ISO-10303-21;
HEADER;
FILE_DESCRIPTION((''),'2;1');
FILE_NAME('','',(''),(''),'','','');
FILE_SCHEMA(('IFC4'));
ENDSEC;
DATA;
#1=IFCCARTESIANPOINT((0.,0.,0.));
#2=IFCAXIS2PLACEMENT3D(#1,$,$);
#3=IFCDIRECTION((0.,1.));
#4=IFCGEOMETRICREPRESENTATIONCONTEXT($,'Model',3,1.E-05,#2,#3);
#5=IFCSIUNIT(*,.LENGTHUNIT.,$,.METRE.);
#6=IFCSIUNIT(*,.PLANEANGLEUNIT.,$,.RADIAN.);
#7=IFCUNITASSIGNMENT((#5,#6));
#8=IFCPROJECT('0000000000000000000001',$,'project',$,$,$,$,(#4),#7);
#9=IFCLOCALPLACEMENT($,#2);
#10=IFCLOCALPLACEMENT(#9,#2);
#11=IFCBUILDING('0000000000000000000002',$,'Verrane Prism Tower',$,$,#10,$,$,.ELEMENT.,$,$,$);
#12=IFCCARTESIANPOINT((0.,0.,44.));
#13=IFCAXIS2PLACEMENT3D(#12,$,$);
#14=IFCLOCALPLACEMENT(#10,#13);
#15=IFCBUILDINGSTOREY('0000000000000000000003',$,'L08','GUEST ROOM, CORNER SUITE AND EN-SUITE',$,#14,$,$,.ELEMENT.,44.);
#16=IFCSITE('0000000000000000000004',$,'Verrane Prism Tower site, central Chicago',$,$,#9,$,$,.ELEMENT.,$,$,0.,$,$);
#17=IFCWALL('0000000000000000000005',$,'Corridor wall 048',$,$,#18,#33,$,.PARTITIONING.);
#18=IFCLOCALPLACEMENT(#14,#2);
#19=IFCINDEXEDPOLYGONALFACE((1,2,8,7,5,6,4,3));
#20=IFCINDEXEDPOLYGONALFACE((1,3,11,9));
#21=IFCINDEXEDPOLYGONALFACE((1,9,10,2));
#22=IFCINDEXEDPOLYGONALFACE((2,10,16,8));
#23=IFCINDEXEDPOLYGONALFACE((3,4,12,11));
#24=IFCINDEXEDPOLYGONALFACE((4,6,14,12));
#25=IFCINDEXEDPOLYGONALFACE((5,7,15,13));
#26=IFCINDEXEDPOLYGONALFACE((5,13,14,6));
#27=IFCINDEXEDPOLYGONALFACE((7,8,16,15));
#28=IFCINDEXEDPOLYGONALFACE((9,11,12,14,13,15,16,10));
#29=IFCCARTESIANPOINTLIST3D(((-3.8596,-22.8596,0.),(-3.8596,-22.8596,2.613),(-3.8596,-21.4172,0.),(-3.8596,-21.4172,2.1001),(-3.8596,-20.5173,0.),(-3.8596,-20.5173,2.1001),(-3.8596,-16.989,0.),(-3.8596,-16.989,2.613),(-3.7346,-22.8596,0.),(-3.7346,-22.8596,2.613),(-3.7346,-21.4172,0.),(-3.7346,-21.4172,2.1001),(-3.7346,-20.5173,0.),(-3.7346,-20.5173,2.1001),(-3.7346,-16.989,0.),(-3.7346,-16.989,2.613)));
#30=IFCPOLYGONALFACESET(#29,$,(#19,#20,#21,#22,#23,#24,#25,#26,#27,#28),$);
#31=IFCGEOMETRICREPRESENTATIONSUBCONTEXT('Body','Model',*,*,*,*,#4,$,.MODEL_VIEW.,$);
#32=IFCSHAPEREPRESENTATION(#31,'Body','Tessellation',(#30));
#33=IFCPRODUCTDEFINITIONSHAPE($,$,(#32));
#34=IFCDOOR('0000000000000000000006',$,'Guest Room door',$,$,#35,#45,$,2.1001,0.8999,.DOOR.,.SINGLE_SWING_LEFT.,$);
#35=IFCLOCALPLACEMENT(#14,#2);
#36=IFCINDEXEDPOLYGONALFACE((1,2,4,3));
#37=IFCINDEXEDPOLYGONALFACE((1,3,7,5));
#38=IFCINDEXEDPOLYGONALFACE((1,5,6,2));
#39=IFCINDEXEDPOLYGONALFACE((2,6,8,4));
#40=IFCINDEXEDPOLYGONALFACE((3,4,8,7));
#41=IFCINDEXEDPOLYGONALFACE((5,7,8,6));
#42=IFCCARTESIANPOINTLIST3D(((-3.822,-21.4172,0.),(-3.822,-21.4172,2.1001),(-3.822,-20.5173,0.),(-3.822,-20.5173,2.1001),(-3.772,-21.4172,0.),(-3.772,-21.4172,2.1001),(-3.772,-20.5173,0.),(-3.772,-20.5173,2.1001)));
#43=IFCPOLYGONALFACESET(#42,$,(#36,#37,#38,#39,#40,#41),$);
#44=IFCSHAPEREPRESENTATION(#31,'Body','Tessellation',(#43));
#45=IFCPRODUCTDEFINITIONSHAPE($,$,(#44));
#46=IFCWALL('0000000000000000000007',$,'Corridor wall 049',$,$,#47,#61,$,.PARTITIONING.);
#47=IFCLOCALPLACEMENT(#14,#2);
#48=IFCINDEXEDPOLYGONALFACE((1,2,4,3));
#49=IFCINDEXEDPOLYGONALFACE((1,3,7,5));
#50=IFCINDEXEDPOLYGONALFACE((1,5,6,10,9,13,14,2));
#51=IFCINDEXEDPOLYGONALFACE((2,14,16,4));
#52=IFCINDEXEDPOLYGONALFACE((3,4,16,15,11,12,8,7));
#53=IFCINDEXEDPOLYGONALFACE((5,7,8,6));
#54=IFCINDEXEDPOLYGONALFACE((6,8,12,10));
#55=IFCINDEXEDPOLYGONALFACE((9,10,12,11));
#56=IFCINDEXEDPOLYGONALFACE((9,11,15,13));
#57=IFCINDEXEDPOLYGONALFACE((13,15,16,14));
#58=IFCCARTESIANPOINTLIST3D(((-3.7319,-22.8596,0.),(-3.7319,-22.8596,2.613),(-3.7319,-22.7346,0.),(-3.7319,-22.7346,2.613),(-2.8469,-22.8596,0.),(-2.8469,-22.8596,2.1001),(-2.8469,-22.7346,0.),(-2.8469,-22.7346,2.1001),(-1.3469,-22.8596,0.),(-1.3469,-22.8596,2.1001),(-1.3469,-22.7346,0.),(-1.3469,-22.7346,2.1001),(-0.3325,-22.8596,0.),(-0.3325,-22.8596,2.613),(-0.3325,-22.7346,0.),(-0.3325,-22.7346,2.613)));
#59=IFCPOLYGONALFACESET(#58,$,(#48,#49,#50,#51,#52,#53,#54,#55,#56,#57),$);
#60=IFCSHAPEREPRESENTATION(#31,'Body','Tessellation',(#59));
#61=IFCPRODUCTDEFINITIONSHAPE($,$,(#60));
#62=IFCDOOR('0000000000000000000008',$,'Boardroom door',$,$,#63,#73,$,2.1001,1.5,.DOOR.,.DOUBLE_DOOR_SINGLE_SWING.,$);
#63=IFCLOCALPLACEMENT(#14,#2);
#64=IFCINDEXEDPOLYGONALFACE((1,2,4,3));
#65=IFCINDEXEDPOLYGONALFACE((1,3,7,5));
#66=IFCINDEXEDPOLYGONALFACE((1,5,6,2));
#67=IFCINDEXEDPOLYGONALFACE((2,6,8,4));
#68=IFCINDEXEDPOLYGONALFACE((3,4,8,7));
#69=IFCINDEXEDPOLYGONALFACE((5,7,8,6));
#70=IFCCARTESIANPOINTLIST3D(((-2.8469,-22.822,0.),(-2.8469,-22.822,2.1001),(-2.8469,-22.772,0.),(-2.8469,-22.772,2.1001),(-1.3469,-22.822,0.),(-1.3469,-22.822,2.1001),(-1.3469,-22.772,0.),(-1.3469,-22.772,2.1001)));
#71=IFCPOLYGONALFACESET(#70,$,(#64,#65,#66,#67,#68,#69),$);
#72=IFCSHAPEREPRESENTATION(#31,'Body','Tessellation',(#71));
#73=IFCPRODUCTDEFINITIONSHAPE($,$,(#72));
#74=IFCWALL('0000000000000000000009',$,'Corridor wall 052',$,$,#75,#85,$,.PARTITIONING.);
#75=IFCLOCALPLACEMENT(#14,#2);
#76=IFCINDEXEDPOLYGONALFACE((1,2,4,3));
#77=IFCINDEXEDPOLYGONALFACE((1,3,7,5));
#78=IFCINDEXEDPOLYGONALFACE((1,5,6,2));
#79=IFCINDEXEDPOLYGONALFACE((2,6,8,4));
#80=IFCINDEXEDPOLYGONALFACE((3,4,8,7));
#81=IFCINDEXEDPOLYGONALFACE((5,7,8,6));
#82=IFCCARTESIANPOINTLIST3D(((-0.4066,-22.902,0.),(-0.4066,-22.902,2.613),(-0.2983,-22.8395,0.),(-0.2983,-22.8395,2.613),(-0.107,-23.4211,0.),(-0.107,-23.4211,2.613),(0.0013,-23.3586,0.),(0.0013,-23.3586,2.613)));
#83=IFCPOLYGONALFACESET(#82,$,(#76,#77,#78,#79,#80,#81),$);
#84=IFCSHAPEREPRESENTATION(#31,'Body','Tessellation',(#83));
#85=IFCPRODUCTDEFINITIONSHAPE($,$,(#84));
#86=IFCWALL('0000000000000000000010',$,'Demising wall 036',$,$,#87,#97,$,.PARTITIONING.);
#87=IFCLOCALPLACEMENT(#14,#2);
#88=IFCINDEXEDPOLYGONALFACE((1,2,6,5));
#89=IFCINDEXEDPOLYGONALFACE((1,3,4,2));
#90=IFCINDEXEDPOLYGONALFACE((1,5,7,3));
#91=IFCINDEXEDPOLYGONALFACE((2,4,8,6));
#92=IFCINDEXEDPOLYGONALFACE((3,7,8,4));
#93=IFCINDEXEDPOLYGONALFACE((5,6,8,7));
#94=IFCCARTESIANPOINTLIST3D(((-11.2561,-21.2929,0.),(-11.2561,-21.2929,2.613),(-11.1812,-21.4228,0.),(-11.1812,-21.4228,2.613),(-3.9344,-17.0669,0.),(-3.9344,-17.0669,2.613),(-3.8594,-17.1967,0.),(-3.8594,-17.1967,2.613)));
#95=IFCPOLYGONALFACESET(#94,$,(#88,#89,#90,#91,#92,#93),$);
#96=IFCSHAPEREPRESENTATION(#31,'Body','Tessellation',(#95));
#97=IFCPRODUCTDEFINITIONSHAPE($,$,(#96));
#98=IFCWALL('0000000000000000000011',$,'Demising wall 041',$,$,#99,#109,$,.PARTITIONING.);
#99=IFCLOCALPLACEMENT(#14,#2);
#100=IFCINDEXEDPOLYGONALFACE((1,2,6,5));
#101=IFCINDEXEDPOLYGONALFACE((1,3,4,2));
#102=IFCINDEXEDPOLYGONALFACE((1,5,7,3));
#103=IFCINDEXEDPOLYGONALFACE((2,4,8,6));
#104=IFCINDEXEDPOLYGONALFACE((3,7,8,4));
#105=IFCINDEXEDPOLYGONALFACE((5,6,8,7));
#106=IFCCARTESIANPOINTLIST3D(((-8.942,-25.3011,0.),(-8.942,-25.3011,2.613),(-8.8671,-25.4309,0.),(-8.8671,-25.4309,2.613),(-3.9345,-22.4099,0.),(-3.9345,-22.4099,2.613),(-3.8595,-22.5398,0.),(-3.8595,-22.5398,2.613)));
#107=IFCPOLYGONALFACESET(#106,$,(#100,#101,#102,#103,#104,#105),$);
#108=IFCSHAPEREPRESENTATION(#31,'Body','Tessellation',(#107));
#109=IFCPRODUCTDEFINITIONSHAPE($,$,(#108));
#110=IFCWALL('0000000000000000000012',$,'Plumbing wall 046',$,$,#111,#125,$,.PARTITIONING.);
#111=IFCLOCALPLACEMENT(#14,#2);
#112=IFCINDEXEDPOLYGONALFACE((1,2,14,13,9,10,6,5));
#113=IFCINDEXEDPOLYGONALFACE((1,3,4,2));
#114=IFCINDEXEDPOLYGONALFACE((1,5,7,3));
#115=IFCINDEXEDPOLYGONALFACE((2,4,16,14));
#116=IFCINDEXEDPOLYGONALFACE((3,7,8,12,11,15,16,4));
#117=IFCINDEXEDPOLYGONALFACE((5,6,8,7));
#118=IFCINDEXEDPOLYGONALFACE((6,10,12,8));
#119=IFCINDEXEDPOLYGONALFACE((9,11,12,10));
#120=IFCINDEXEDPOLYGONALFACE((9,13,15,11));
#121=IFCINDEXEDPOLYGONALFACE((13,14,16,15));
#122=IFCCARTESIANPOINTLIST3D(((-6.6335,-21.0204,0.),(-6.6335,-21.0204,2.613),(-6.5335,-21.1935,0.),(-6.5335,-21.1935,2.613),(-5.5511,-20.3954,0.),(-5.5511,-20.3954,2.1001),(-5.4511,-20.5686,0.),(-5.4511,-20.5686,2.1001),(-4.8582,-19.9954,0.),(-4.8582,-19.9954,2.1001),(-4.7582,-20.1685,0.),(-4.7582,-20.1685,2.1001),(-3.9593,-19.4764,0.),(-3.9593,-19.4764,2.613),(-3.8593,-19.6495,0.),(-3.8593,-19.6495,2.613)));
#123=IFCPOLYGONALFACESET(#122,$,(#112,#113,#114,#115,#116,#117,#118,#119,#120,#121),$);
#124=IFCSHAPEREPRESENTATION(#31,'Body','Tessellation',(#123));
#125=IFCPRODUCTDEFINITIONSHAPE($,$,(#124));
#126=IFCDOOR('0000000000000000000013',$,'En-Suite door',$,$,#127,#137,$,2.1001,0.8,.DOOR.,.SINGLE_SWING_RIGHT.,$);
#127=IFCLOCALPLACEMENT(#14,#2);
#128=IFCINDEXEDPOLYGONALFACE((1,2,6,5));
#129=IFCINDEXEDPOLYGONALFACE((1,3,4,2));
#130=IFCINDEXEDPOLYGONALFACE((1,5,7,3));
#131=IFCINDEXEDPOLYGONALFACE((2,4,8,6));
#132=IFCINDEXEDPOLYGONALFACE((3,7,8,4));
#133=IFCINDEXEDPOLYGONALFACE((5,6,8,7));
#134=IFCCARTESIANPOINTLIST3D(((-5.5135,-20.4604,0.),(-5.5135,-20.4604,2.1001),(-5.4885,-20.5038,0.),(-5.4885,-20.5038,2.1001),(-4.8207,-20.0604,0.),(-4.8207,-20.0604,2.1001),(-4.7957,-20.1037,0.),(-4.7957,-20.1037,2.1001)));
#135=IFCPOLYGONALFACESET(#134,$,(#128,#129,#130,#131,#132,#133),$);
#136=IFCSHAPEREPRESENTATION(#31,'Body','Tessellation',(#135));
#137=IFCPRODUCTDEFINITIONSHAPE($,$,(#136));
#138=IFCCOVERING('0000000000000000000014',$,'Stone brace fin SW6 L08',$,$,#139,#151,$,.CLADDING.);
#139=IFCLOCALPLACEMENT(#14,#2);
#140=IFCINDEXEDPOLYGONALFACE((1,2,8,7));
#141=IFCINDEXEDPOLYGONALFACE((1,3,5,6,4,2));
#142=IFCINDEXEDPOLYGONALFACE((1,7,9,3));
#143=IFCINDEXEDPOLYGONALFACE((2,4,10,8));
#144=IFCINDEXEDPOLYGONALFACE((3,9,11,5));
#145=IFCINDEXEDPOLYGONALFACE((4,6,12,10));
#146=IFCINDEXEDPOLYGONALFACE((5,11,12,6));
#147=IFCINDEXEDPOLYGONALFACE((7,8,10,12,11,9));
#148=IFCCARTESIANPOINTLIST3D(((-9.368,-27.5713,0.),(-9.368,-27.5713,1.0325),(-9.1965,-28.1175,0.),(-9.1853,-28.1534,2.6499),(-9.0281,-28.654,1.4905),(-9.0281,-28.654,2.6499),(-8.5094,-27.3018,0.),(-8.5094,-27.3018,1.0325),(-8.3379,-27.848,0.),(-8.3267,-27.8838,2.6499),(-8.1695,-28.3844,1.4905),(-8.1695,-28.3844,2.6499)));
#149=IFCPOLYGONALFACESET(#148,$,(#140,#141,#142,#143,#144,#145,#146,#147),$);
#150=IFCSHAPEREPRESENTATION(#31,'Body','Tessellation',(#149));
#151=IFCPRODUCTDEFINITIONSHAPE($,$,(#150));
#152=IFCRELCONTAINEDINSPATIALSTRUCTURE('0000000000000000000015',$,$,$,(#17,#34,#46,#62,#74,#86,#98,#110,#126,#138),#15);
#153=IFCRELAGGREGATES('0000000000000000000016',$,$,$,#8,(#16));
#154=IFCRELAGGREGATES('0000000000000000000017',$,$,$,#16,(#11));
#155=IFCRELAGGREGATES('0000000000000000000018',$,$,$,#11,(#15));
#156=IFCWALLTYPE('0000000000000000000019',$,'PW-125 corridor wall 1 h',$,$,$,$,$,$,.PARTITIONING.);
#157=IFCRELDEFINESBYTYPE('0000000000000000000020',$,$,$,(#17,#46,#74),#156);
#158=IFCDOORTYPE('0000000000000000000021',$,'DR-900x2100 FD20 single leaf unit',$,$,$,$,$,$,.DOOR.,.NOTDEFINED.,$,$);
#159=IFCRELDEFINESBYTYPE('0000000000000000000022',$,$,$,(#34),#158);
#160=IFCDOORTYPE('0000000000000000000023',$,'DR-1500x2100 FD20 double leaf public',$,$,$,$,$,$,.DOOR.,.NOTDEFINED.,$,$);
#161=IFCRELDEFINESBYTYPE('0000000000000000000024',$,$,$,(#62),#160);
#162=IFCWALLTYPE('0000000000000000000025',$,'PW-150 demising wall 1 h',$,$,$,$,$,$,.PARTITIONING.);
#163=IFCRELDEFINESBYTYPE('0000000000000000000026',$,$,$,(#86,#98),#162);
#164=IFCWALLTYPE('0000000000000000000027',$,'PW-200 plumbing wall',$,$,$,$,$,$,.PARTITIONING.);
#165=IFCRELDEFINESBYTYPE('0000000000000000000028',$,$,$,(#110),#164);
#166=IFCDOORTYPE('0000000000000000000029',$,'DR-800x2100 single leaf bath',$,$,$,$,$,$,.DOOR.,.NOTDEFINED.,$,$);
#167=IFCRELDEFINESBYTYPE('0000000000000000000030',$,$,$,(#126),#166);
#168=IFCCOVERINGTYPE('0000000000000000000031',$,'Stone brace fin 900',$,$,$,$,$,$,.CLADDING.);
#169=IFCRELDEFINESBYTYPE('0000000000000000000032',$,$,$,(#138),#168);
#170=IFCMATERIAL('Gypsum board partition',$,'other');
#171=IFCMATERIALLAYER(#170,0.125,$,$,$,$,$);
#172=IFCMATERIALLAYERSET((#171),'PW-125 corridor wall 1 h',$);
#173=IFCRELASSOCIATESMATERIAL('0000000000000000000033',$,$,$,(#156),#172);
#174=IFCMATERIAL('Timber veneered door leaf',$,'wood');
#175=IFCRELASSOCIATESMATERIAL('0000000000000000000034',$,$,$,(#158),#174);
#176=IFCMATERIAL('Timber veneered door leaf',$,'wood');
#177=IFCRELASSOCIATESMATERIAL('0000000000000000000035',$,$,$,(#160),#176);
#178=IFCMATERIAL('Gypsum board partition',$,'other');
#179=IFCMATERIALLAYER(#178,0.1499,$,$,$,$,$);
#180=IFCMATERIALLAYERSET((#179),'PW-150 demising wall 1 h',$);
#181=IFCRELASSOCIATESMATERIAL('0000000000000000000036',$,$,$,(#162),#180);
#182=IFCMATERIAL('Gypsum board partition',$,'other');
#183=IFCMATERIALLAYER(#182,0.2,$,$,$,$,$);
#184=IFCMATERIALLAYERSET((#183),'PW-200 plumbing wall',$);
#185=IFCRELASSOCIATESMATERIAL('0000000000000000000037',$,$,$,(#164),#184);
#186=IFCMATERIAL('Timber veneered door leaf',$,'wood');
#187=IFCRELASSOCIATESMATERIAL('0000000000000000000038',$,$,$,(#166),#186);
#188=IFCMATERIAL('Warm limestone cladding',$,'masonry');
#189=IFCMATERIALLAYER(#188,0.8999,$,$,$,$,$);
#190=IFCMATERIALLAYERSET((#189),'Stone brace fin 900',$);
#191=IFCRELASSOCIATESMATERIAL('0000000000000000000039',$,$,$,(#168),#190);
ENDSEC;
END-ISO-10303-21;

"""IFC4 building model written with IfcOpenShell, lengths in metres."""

from ifc_helpers import new_model, si_unit, direction, frame, frame_2d, origin, place, context, subcontext, project, spatial, polyline, rectangle, outline, extrude, material, layer, layer_set, type_object, element, fill, save


model = new_model("IFC4")

# Units and contexts
model_context = context("Model", 3, precision=1e-05, world=origin(), true_north=direction((0.0, 1.0)))
body_context = subcontext(model_context, "Body", "Model", "MODEL_VIEW")
ifc_project = project(units=[si_unit("LENGTHUNIT", "METRE"), si_unit("PLANEANGLEUNIT", "RADIAN")], contexts=[model_context])

# Site, building, storey
site_placement = place(None, origin())
site = spatial("IfcSite", under=ifc_project, at=site_placement, Name="Verrane Prism Tower site, central Chicago", CompositionType="ELEMENT", RefElevation=0.0)
building_placement = place(site_placement, origin())
building = spatial("IfcBuilding", under=site, at=building_placement, Name="Verrane Prism Tower", CompositionType="ELEMENT")
storey_placement = place(building_placement, frame((0.0, 0.0, 44.0)))
storey = spatial("IfcBuildingStorey", under=building, at=storey_placement, Name="L08", Description="GUEST ROOM, CORNER SUITE AND EN-SUITE", CompositionType="ELEMENT", Elevation=44.0)

# Walls, openings, doors
ifc_material_1 = material(Name="Gypsum board partition", Category="other")
ifc_layer_1 = layer(ifc_material_1, 0.125)
ifc_layer_set_1 = layer_set([ifc_layer_1], Name="PW-125 corridor wall 1 h")
wall_type_1 = type_object("IfcWallType", Name="PW-125 corridor wall 1 h", PredefinedType="PARTITIONING", material=ifc_layer_set_1)
wall_1_placement = place(storey_placement, frame((-3.7971, -22.8596, 0.0), z_axis=(0.0, 0.0, 1.0), x_axis=(0.0, 1.0, 0.0)))
wall_1 = element("IfcWall", 1, at=wall_1_placement, inside=storey, type_object=wall_type_1, Name="Corridor wall 048", PredefinedType="PARTITIONING", context=body_context, shape_type="SweptSolid", body=[
    extrude(rectangle(XDim=5.8706, YDim=0.125, at=frame_2d((2.9353, 0.0))), origin(), (0.0, 0.0, 1.0), 2.613),
])
opening_1_placement = place(wall_1_placement, frame((1.4424, 0.0, 0.0)))
opening_1 = element("IfcOpeningElement", 2, at=opening_1_placement, cuts=wall_1, PredefinedType="OPENING", context=body_context, shape_type="SweptSolid", body=[
    extrude(rectangle(XDim=0.8999, YDim=2.1001, at=frame_2d((0.45, 1.05))), frame((0.0, 0.0725, 0.0), z_axis=(0.0, -1.0, 0.0), x_axis=(1.0, 0.0, 0.0)), (0.0, 0.0, 1.0), 0.145),
])
ifc_material_2 = material(Name="Timber veneered door leaf", Category="wood")
door_type_1 = type_object("IfcDoorType", Name="DR-900x2100 FD20 single leaf unit", OperationType="NOTDEFINED", PredefinedType="DOOR", material=ifc_material_2)
door_1_placement = place(opening_1_placement, origin())
door_1 = element("IfcDoor", 3, at=door_1_placement, inside=storey, type_object=door_type_1, Name="Guest Room door", OperationType="SINGLE_SWING_LEFT", OverallHeight=2.1001, OverallWidth=0.8999, PredefinedType="DOOR", context=body_context, shape_type="SweptSolid", body=[
    extrude(rectangle(XDim=0.8999, YDim=2.1001, at=frame_2d((0.45, 1.05))), frame((0.0, 0.0249, 0.0), z_axis=(0.0, -1.0, 0.0), x_axis=(1.0, 0.0, 0.0)), (0.0, 0.0, 1.0), 0.05),
])
fill(opening_1, door_1)
wall_2_placement = place(storey_placement, frame((-0.3325, -22.7971, 0.0), z_axis=(0.0, 0.0, 1.0), x_axis=(-1.0, 0.0, 0.0)))
wall_2 = element("IfcWall", 4, at=wall_2_placement, inside=storey, type_object=wall_type_1, Name="Corridor wall 049", PredefinedType="PARTITIONING", context=body_context, shape_type="SweptSolid", body=[
    extrude(rectangle(XDim=3.3994, YDim=0.125, at=frame_2d((1.6997, 0.0))), origin(), (0.0, 0.0, 1.0), 2.613),
])
opening_2_placement = place(wall_2_placement, frame((1.0144, 0.0, 0.0)))
opening_2 = element("IfcOpeningElement", 5, at=opening_2_placement, cuts=wall_2, PredefinedType="OPENING", context=body_context, shape_type="SweptSolid", body=[
    extrude(rectangle(XDim=1.5, YDim=2.1001, at=frame_2d((0.75, 1.05))), frame((0.0, 0.0725, 0.0), z_axis=(0.0, -1.0, 0.0), x_axis=(1.0, 0.0, 0.0)), (0.0, 0.0, 1.0), 0.145),
])
ifc_material_3 = material(Name="Timber veneered door leaf", Category="wood")
door_type_2 = type_object("IfcDoorType", Name="DR-1500x2100 FD20 double leaf public", OperationType="NOTDEFINED", PredefinedType="DOOR", material=ifc_material_3)
door_2_placement = place(opening_2_placement, origin())
door_2 = element("IfcDoor", 6, at=door_2_placement, inside=storey, type_object=door_type_2, Name="Boardroom door", OperationType="DOUBLE_DOOR_SINGLE_SWING", OverallHeight=2.1001, OverallWidth=1.5, PredefinedType="DOOR", context=body_context, shape_type="SweptSolid", body=[
    extrude(rectangle(XDim=1.5, YDim=2.1001, at=frame_2d((0.75, 1.05))), frame((0.0, 0.0249, 0.0), z_axis=(0.0, -1.0, 0.0), x_axis=(1.0, 0.0, 0.0)), (0.0, 0.0, 1.0), 0.05),
])
fill(opening_2, door_2)

# Walls
wall_3_placement = place(storey_placement, frame((-0.3525, -22.8706, 0.0), z_axis=(0.0, 0.0, 1.0), x_axis=(0.499864, -0.866104, 0.0)))
element("IfcWall", 7, at=wall_3_placement, inside=storey, type_object=wall_type_1, Name="Corridor wall 052", PredefinedType="PARTITIONING", context=body_context, shape_type="SweptSolid", body=[
    extrude(rectangle(XDim=0.5994, YDim=0.125, at=frame_2d((0.2998, 0.0))), origin(), (0.0, 0.0, 1.0), 2.613),
])
ifc_material_4 = material(Name="Gypsum board partition", Category="other")
ifc_layer_2 = layer(ifc_material_4, 0.1499)
ifc_layer_set_2 = layer_set([ifc_layer_2], Name="PW-150 demising wall 1 h")
wall_type_2 = type_object("IfcWallType", Name="PW-150 demising wall 1 h", PredefinedType="PARTITIONING", material=ifc_layer_set_2)
wall_4_placement = place(storey_placement, frame((-11.2188, -21.3579, 0.0), z_axis=(0.0, 0.0, 1.0), x_axis=(0.866085, 0.499897, 0.0)))
element("IfcWall", 8, at=wall_4_placement, inside=storey, type_object=wall_type_2, Name="Demising wall 036", PredefinedType="PARTITIONING", context=body_context, shape_type="SweptSolid", body=[
    extrude(rectangle(XDim=8.4539, YDim=0.1499, at=frame_2d((4.2271, 0.0))), origin(), (0.0, 0.0, 1.0), 2.613),
])
wall_5_placement = place(storey_placement, frame((-8.9045, -25.366, 0.0), z_axis=(0.0, 0.0, 1.0), x_axis=(0.866026, 0.499999, 0.0)))
element("IfcWall", 9, at=wall_5_placement, inside=storey, type_object=wall_type_2, Name="Demising wall 041", PredefinedType="PARTITIONING", context=body_context, shape_type="SweptSolid", body=[
    extrude(rectangle(XDim=5.7822, YDim=0.1499, at=frame_2d((2.8911, 0.0))), origin(), (0.0, 0.0, 1.0), 2.613),
])

# Wall, opening, door
ifc_material_5 = material(Name="Gypsum board partition", Category="other")
ifc_layer_3 = layer(ifc_material_5, 0.2)
ifc_layer_set_3 = layer_set([ifc_layer_3], Name="PW-200 plumbing wall")
wall_type_3 = type_object("IfcWallType", Name="PW-200 plumbing wall", PredefinedType="PARTITIONING", material=ifc_layer_set_3)
wall_6_placement = place(storey_placement, frame((-6.5835, -21.1069, 0.0), z_axis=(0.0, 0.0, 1.0), x_axis=(0.866016, 0.500017, 0.0)))
wall_6 = element("IfcWall", 10, at=wall_6_placement, inside=storey, type_object=wall_type_3, Name="Plumbing wall 046", PredefinedType="PARTITIONING", context=body_context, shape_type="SweptSolid", body=[
    extrude(rectangle(XDim=3.0879, YDim=0.2, at=frame_2d((1.5439, 0.0))), origin(), (0.0, 0.0, 1.0), 2.613),
])
opening_3_placement = place(wall_6_placement, frame((1.25, 0.0, 0.0)))
opening_3 = element("IfcOpeningElement", 11, at=opening_3_placement, cuts=wall_6, PredefinedType="OPENING", context=body_context, shape_type="SweptSolid", body=[
    extrude(rectangle(XDim=0.8, YDim=2.1001, at=frame_2d((0.3999, 1.05))), frame((0.0, 0.1099, 0.0), z_axis=(0.0, -1.0, 0.0), x_axis=(1.0, 0.0, 0.0)), (0.0, 0.0, 1.0), 0.22),
])
ifc_material_6 = material(Name="Timber veneered door leaf", Category="wood")
door_type_3 = type_object("IfcDoorType", Name="DR-800x2100 single leaf bath", OperationType="NOTDEFINED", PredefinedType="DOOR", material=ifc_material_6)
door_3_placement = place(opening_3_placement, origin())
door_3 = element("IfcDoor", 12, at=door_3_placement, inside=storey, type_object=door_type_3, Name="En-Suite door", OperationType="SINGLE_SWING_RIGHT", OverallHeight=2.1001, OverallWidth=0.8, PredefinedType="DOOR", context=body_context, shape_type="SweptSolid", body=[
    extrude(rectangle(XDim=0.8, YDim=2.1001, at=frame_2d((0.3999, 1.05))), frame((0.0, 0.0249, 0.0), z_axis=(0.0, -1.0, 0.0), x_axis=(1.0, 0.0, 0.0)), (0.0, 0.0, 1.0), 0.05),
])
fill(opening_3, door_3)

# Covering
ifc_material_7 = material(Name="Warm limestone cladding", Category="masonry")
ifc_layer_4 = layer(ifc_material_7, 0.8999)
ifc_layer_set_4 = layer_set([ifc_layer_4], Name="Stone brace fin 900")
covering_type = type_object("IfcCoveringType", Name="Stone brace fin 900", PredefinedType="CLADDING", material=ifc_layer_set_4)
covering_placement = place(storey_placement, frame((-8.9387, -27.4365, 0.0), z_axis=(0.0, 0.0, 1.0), x_axis=(0.299524, -0.954089, 0.0)))
element("IfcCovering", 13, at=covering_placement, inside=storey, type_object=covering_type, Name="Stone brace fin SW6 L08", PredefinedType="CLADDING", context=body_context, shape_type="SweptSolid", body=[
    extrude(outline(polyline([(1.1348, 2.6499), (0.6101, 2.6499), (0.0, 1.0325), (0.0, 0.0), (0.5725, 0.0), (1.1348, 1.4905), (1.1348, 2.6499)])), frame((0.0, 0.45, 0.0), z_axis=(0.0, -1.0, 0.0), x_axis=(1.0, 0.0, 0.0)), (0.0, 0.0, 1.0), 0.8999),
])

save(model, "model.ifc")
